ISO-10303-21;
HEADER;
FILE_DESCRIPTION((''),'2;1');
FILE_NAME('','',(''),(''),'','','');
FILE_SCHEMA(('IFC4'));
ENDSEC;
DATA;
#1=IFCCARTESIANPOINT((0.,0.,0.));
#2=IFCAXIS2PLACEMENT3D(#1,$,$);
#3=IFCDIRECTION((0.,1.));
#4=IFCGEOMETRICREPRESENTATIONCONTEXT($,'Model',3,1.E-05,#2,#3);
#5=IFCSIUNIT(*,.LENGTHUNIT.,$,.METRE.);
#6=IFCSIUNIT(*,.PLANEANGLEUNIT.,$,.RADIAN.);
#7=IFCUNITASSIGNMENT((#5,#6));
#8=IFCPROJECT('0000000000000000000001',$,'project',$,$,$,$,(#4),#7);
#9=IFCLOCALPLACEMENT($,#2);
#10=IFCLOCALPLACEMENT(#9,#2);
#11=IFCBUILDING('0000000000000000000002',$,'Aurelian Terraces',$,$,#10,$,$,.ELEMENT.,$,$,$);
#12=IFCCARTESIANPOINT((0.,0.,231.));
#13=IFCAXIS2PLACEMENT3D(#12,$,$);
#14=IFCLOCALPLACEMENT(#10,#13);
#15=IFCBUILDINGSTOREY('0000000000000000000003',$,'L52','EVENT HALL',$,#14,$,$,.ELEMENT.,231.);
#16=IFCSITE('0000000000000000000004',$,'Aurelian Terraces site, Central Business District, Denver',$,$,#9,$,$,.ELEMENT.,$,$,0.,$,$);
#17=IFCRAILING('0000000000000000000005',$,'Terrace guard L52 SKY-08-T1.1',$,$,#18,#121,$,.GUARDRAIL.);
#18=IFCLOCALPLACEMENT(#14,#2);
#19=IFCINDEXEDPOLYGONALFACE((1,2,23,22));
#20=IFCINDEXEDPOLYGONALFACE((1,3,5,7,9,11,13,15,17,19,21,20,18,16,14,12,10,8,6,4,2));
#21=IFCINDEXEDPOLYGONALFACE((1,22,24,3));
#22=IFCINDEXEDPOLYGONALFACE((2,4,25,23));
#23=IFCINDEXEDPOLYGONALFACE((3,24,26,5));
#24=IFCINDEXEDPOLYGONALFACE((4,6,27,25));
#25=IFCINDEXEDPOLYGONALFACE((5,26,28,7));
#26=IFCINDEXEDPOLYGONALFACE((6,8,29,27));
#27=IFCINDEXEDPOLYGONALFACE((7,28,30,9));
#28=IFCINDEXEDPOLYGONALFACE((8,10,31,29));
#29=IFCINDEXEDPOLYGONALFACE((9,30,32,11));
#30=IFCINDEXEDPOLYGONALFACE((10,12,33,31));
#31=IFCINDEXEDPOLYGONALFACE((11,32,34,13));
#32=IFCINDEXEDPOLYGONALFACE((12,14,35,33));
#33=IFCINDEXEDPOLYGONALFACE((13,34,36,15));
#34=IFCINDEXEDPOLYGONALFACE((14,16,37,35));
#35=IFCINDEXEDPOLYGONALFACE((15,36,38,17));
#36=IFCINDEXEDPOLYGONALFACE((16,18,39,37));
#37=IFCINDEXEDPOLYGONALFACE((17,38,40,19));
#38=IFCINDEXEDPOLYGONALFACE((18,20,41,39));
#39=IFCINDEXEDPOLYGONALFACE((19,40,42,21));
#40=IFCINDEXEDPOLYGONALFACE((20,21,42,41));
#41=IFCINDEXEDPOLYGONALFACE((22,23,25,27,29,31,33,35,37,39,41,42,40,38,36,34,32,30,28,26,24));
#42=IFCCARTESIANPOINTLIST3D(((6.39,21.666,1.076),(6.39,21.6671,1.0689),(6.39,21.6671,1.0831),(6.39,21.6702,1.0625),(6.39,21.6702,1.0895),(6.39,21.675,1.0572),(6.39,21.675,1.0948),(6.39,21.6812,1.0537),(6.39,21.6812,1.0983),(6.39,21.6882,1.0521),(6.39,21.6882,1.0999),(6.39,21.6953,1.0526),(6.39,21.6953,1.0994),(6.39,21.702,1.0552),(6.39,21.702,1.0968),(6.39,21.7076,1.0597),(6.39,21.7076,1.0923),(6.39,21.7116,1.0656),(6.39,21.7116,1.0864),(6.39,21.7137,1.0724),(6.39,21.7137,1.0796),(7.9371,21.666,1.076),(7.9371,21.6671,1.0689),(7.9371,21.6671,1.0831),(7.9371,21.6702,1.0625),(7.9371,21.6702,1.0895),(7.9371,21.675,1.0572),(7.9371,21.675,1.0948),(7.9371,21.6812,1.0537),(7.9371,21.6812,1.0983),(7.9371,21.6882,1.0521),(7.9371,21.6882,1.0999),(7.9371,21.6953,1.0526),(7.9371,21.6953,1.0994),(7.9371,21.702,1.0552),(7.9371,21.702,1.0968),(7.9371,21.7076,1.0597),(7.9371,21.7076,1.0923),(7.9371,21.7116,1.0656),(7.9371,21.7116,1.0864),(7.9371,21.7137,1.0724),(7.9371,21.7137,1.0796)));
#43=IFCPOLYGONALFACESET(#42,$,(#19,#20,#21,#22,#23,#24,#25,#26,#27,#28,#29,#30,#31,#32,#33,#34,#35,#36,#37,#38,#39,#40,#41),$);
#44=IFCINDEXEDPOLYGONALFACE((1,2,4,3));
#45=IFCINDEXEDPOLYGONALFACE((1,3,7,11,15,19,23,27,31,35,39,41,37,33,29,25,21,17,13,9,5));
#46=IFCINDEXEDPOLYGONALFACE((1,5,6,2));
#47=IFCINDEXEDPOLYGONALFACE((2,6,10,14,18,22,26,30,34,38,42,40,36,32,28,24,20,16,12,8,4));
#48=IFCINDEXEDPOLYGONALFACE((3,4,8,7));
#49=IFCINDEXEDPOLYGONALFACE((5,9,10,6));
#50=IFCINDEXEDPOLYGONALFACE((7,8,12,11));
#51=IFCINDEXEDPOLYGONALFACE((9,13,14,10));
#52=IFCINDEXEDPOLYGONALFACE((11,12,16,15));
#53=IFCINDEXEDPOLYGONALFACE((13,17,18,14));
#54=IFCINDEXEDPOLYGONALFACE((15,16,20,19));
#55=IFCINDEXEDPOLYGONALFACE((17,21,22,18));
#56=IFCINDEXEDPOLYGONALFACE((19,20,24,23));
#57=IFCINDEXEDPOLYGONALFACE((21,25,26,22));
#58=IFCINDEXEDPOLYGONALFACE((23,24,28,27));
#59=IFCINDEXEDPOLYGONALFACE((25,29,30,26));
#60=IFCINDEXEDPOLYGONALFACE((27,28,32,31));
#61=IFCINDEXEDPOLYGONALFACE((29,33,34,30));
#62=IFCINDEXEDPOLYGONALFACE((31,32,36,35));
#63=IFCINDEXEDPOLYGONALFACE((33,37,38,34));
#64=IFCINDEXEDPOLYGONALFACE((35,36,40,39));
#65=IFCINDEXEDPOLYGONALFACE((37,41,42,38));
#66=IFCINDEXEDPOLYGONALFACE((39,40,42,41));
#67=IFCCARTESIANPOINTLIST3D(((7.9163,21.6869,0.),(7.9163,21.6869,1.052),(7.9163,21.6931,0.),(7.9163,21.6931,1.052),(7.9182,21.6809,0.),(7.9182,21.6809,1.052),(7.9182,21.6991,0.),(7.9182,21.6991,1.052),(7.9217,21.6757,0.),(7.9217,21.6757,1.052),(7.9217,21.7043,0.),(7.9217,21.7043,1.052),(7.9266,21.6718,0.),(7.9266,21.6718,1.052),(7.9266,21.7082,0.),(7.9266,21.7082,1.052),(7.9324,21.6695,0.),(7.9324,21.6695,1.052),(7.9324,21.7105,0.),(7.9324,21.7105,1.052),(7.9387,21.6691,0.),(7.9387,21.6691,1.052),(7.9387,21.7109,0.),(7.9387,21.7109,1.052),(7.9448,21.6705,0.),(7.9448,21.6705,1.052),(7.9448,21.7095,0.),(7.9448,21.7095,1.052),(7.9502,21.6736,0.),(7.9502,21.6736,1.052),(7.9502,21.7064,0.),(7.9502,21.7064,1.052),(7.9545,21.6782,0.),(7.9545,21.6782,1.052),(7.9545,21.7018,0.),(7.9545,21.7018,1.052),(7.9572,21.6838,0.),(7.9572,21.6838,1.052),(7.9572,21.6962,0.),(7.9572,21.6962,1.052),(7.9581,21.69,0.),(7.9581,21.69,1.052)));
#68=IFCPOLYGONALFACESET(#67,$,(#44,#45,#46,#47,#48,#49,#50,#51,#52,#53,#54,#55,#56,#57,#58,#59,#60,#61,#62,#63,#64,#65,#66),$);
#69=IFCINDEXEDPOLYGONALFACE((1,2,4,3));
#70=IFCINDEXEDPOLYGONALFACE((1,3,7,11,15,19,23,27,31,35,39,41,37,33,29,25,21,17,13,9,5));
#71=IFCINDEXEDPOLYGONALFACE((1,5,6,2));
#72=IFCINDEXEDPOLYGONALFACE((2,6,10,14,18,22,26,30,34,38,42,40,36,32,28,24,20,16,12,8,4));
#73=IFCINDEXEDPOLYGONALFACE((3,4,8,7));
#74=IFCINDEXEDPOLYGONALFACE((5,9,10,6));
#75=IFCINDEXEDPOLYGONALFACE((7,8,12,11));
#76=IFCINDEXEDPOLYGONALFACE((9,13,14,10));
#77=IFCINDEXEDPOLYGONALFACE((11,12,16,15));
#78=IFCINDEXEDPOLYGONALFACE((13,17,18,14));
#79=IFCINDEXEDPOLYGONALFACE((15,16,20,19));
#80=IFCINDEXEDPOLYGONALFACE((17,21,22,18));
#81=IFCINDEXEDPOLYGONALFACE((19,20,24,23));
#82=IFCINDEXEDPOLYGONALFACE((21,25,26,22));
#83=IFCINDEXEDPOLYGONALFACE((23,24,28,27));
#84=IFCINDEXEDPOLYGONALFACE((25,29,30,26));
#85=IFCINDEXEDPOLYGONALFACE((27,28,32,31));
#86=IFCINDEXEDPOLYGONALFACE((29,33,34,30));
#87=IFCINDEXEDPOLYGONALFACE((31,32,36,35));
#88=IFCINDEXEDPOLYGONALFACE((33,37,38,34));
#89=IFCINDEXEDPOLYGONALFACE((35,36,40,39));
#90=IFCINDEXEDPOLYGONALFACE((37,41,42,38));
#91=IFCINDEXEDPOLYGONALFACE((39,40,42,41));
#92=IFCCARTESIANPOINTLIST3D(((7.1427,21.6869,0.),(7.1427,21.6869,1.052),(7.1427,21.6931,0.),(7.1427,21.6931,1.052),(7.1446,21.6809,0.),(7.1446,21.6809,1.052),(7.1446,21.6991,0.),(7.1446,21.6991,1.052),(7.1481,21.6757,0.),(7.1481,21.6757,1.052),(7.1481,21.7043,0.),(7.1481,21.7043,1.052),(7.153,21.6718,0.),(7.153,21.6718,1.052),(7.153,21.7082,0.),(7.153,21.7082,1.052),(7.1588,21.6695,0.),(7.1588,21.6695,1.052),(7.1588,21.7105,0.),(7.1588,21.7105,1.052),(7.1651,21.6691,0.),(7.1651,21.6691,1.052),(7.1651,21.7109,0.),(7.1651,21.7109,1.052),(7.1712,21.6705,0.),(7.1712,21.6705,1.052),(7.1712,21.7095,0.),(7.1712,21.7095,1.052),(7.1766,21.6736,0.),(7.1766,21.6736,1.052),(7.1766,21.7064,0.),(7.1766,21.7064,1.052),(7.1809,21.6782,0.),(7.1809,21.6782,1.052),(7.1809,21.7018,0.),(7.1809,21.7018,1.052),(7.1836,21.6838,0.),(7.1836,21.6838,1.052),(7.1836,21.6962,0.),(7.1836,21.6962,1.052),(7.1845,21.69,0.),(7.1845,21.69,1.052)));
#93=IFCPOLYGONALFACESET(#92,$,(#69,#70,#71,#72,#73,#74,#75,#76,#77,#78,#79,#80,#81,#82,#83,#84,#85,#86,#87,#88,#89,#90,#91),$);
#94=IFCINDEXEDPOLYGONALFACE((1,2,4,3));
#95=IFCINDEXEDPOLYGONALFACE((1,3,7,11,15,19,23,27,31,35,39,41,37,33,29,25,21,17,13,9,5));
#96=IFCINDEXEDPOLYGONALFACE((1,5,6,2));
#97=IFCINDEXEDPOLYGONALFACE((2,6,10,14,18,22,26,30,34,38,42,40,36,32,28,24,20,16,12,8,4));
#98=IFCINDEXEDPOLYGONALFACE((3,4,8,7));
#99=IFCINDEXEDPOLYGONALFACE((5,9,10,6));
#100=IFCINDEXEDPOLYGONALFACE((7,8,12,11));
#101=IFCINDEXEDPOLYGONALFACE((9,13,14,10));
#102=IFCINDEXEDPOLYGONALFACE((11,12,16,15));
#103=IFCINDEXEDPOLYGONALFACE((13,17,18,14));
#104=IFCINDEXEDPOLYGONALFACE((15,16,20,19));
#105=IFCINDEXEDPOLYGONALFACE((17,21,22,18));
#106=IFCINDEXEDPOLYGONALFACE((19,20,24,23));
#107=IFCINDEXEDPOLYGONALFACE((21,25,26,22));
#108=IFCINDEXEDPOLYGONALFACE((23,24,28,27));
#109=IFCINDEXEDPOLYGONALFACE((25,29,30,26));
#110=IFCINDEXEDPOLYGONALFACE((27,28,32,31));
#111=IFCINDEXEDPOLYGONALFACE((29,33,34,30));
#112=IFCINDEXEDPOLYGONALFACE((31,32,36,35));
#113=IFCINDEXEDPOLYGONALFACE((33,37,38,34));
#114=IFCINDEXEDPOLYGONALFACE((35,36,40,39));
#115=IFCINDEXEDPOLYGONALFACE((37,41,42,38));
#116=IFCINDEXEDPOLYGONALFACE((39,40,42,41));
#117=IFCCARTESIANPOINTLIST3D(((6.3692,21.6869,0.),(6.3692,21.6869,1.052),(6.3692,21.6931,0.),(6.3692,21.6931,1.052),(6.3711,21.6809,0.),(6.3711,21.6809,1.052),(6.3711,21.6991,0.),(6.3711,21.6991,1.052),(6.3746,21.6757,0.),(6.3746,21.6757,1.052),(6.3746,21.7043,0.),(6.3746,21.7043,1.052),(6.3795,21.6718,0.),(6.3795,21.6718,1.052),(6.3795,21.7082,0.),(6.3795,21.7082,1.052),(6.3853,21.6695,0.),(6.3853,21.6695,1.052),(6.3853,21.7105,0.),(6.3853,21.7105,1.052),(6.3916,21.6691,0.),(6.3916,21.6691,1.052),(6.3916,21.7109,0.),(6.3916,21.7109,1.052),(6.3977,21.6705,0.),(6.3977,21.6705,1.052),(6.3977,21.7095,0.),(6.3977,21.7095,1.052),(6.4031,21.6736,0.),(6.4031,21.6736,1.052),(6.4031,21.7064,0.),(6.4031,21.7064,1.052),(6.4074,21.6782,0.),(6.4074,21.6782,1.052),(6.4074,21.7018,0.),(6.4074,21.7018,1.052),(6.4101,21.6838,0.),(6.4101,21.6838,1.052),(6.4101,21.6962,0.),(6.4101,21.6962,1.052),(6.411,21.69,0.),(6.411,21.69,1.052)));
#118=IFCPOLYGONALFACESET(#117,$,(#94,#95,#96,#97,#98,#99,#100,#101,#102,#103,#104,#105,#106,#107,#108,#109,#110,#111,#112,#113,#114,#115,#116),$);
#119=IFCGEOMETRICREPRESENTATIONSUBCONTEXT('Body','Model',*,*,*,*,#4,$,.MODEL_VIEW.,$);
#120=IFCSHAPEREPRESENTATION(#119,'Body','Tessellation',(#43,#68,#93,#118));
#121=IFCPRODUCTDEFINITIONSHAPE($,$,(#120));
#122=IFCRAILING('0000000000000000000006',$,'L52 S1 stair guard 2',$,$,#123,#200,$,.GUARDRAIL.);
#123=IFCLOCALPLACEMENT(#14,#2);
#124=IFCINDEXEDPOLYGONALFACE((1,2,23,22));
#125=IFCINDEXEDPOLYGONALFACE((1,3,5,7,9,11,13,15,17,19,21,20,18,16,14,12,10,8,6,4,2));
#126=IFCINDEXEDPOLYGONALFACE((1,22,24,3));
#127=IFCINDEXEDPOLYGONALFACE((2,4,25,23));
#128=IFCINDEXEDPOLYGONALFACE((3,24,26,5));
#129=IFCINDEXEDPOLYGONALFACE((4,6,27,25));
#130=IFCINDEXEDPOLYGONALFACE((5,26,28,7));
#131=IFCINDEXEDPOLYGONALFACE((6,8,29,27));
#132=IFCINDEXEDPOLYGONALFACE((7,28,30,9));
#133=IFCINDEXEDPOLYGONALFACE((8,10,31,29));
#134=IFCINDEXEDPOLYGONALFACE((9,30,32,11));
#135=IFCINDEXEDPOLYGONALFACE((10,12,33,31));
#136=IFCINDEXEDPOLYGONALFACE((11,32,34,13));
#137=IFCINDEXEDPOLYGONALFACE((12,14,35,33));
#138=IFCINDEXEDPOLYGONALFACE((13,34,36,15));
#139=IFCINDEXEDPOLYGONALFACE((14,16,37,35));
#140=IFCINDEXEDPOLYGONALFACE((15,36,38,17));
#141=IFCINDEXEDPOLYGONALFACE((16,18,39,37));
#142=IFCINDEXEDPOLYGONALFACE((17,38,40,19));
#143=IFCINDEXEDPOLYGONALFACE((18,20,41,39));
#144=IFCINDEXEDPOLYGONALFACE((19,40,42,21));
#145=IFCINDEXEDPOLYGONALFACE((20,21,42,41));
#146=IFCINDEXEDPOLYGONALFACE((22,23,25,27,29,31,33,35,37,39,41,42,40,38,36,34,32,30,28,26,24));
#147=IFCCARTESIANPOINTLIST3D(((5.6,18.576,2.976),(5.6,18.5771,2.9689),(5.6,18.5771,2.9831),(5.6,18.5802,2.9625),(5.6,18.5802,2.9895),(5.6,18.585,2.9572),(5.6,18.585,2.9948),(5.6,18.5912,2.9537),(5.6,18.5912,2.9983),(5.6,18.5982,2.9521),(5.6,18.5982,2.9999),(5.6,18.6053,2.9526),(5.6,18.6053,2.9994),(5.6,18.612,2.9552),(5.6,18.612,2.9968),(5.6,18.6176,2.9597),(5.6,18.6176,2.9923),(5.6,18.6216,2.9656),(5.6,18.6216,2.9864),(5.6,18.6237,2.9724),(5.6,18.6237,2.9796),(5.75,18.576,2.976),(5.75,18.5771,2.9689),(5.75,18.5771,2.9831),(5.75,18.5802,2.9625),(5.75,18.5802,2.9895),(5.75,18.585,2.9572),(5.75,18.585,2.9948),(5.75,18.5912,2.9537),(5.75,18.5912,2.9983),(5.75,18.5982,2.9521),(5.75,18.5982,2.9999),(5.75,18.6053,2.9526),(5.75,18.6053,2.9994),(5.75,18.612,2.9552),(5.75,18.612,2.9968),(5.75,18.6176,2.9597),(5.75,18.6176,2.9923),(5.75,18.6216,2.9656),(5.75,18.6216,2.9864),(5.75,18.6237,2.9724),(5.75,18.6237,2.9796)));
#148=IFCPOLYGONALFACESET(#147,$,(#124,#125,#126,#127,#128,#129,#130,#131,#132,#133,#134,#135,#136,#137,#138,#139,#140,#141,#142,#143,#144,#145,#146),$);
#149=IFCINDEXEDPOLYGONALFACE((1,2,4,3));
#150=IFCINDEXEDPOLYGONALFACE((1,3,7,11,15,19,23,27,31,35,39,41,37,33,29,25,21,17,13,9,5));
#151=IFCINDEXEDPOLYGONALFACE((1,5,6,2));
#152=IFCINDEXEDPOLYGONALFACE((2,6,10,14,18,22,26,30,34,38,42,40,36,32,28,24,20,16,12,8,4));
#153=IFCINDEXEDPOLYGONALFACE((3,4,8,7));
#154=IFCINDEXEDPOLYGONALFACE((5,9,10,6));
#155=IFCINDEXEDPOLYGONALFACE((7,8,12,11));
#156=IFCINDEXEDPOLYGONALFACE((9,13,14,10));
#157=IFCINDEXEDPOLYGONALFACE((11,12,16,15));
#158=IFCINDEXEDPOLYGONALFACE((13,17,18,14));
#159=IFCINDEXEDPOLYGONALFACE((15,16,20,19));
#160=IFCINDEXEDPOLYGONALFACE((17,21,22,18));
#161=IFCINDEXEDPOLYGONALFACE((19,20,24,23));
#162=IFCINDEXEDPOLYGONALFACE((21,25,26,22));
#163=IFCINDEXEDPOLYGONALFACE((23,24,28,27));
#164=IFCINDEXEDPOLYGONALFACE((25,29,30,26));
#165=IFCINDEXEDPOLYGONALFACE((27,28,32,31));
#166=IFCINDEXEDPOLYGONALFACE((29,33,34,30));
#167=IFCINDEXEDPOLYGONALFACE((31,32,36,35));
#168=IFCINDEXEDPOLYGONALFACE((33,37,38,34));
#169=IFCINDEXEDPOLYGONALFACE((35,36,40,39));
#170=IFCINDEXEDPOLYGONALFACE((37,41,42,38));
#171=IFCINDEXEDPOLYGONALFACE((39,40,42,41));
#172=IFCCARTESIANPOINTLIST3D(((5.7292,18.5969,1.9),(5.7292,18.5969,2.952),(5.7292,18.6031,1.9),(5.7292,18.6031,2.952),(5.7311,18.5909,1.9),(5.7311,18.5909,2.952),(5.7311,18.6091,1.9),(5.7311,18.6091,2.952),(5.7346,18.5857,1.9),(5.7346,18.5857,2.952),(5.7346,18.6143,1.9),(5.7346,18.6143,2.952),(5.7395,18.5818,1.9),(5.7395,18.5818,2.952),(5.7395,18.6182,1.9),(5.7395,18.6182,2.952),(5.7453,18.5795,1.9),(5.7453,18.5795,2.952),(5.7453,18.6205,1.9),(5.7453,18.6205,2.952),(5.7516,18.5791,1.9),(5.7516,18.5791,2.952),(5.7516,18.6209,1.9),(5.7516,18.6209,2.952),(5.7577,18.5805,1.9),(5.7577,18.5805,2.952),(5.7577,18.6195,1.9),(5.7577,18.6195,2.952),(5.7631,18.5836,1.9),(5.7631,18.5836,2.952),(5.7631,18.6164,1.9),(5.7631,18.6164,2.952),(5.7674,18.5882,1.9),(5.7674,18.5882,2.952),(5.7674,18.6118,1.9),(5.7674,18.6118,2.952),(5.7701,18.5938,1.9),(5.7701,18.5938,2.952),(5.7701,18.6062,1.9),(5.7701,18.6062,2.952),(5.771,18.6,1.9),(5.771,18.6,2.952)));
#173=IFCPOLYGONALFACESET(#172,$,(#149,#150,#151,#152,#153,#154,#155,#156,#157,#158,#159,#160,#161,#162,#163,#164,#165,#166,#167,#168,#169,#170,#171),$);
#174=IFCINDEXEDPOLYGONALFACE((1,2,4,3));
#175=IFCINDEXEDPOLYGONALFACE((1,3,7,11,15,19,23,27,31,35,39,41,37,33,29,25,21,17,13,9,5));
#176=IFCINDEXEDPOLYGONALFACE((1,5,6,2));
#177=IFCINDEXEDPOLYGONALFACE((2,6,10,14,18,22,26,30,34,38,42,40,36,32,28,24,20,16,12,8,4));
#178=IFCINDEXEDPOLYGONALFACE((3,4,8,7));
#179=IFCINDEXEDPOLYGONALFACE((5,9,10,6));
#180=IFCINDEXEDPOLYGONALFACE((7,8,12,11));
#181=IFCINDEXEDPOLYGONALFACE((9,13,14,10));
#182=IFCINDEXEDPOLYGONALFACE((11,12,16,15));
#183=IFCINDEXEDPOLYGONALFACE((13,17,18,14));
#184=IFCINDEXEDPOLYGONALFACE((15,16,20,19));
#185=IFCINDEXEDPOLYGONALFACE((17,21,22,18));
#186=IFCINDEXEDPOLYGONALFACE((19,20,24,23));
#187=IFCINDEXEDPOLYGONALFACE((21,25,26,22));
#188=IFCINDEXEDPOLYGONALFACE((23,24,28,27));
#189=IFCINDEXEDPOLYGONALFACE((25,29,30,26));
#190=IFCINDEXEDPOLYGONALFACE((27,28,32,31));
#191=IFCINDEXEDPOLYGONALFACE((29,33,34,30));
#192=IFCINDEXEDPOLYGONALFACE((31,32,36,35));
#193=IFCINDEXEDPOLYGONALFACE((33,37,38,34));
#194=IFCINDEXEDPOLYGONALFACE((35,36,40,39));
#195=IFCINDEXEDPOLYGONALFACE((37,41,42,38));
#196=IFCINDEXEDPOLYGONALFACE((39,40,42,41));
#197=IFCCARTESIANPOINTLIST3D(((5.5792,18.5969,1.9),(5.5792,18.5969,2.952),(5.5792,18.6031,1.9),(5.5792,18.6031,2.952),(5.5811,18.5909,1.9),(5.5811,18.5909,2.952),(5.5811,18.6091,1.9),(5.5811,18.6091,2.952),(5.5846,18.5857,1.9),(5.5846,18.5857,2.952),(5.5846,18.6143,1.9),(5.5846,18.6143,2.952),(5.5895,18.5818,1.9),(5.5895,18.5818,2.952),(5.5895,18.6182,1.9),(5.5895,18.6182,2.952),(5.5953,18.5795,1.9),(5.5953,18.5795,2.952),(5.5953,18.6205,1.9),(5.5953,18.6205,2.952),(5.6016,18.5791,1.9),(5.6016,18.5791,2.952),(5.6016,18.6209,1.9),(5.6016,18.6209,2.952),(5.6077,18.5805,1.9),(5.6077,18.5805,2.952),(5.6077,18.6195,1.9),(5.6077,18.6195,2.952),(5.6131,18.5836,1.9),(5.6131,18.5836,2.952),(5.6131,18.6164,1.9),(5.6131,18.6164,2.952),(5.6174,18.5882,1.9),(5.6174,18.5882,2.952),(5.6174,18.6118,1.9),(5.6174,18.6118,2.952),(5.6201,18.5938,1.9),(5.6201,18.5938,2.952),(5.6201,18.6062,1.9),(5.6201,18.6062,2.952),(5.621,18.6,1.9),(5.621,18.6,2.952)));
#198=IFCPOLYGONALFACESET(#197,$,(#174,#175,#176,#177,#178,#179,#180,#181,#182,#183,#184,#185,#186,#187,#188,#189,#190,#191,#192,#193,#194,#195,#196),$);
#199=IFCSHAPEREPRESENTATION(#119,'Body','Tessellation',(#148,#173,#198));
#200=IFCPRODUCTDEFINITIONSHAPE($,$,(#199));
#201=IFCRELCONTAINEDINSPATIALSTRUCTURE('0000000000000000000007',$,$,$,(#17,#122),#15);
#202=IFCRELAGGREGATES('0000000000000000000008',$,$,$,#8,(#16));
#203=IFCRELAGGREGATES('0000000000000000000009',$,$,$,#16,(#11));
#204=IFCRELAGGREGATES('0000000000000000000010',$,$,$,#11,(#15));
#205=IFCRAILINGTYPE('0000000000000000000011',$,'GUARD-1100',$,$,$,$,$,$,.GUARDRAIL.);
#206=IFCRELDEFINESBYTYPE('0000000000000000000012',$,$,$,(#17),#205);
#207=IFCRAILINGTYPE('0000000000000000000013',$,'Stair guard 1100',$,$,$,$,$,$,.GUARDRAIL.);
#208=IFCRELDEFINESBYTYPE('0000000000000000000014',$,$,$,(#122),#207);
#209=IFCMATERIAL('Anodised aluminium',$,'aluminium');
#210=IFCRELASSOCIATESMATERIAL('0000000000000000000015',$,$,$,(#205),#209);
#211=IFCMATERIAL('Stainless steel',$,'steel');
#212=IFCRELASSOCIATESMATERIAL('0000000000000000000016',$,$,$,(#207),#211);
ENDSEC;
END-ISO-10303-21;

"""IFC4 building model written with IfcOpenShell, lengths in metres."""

from ifc_helpers import new_model, si_unit, direction, frame, origin, origin_2d, place, context, subcontext, project, spatial, circle, extrude, source, transform, mapped, material, type_object, element, save


model = new_model("IFC4")

# Units and contexts
model_context = context("Model", 3, precision=1e-05, world=origin(), true_north=direction((0.0, 1.0)))
body_context = subcontext(model_context, "Body", "Model", "MODEL_VIEW")
ifc_project = project(units=[si_unit("LENGTHUNIT", "METRE"), si_unit("PLANEANGLEUNIT", "RADIAN")], contexts=[model_context])

# Site, building, storey
site_placement = place(None, origin())
site = spatial("IfcSite", under=ifc_project, at=site_placement, Name="Aurelian Terraces site, Central Business District, Denver", CompositionType="ELEMENT", RefElevation=0.0)
building_placement = place(site_placement, origin())
building = spatial("IfcBuilding", under=site, at=building_placement, Name="Aurelian Terraces", CompositionType="ELEMENT")
storey_placement = place(building_placement, frame((0.0, 0.0, 231.0)))
storey = spatial("IfcBuildingStorey", under=building, at=storey_placement, Name="L52", Description="EVENT HALL", CompositionType="ELEMENT", Elevation=231.0)

# Shared definitions
ifc_material_1 = material(Name="Anodised aluminium", Category="aluminium")

# Railings
railing_type_1 = type_object("IfcRailingType", Name="GUARD-1100", PredefinedType="GUARDRAIL", material=ifc_material_1)
shared_shape_1 = source(origin(), body_context, "Body", "SweptSolid", [
    extrude(circle(Radius=0.024, at=origin_2d()), frame((0.0, 0.0, 1.076), z_axis=(-1.0, 0.0, 0.0), x_axis=(0.0, -1.0, 0.0)), (0.0, 0.0, 1.0), 1.5471),
    extrude(circle(Radius=0.021, at=origin_2d()), origin(), (0.0, 0.0, 1.0), 1.052),
    extrude(circle(Radius=0.021, at=origin_2d()), frame((-0.7736, 0.0, 0.0)), (0.0, 0.0, 1.0), 1.052),
    extrude(circle(Radius=0.021, at=origin_2d()), frame((-1.5471, 0.0, 0.0)), (0.0, 0.0, 1.0), 1.052),
])
railing_1_placement = place(storey_placement, frame((7.9371, 21.69, 0.0)))
element("IfcRailing", 1, at=railing_1_placement, inside=storey, type_object=railing_type_1, Name="Terrace guard L52 SKY-08-T1.1", PredefinedType="GUARDRAIL", context=body_context, shape_type="MappedRepresentation", body=[
    mapped(shared_shape_1, transform((0.0, 0.0, 0.0), scale=1.0)),
])
ifc_material_2 = material(Name="Stainless steel", Category="steel")
railing_type_2 = type_object("IfcRailingType", Name="Stair guard 1100", PredefinedType="GUARDRAIL", material=ifc_material_2)
shared_shape_2 = source(origin(), body_context, "Body", "SweptSolid", [
    extrude(circle(Radius=0.024, at=origin_2d()), frame((0.0, 0.0, 1.076), z_axis=(-1.0, 0.0, 0.0), x_axis=(0.0, -1.0, 0.0)), (0.0, 0.0, 1.0), 0.15),
    extrude(circle(Radius=0.021, at=origin_2d()), origin(), (0.0, 0.0, 1.0), 1.052),
    extrude(circle(Radius=0.021, at=origin_2d()), frame((-0.15, 0.0, 0.0)), (0.0, 0.0, 1.0), 1.052),
])
railing_2_placement = place(storey_placement, frame((5.75, 18.6, 1.9)))
element("IfcRailing", 2, at=railing_2_placement, inside=storey, type_object=railing_type_2, Name="L52 S1 stair guard 2", PredefinedType="GUARDRAIL", context=body_context, shape_type="MappedRepresentation", body=[
    mapped(shared_shape_2, transform((0.0, 0.0, 0.0), scale=1.0)),
])

save(model, "model.ifc")
